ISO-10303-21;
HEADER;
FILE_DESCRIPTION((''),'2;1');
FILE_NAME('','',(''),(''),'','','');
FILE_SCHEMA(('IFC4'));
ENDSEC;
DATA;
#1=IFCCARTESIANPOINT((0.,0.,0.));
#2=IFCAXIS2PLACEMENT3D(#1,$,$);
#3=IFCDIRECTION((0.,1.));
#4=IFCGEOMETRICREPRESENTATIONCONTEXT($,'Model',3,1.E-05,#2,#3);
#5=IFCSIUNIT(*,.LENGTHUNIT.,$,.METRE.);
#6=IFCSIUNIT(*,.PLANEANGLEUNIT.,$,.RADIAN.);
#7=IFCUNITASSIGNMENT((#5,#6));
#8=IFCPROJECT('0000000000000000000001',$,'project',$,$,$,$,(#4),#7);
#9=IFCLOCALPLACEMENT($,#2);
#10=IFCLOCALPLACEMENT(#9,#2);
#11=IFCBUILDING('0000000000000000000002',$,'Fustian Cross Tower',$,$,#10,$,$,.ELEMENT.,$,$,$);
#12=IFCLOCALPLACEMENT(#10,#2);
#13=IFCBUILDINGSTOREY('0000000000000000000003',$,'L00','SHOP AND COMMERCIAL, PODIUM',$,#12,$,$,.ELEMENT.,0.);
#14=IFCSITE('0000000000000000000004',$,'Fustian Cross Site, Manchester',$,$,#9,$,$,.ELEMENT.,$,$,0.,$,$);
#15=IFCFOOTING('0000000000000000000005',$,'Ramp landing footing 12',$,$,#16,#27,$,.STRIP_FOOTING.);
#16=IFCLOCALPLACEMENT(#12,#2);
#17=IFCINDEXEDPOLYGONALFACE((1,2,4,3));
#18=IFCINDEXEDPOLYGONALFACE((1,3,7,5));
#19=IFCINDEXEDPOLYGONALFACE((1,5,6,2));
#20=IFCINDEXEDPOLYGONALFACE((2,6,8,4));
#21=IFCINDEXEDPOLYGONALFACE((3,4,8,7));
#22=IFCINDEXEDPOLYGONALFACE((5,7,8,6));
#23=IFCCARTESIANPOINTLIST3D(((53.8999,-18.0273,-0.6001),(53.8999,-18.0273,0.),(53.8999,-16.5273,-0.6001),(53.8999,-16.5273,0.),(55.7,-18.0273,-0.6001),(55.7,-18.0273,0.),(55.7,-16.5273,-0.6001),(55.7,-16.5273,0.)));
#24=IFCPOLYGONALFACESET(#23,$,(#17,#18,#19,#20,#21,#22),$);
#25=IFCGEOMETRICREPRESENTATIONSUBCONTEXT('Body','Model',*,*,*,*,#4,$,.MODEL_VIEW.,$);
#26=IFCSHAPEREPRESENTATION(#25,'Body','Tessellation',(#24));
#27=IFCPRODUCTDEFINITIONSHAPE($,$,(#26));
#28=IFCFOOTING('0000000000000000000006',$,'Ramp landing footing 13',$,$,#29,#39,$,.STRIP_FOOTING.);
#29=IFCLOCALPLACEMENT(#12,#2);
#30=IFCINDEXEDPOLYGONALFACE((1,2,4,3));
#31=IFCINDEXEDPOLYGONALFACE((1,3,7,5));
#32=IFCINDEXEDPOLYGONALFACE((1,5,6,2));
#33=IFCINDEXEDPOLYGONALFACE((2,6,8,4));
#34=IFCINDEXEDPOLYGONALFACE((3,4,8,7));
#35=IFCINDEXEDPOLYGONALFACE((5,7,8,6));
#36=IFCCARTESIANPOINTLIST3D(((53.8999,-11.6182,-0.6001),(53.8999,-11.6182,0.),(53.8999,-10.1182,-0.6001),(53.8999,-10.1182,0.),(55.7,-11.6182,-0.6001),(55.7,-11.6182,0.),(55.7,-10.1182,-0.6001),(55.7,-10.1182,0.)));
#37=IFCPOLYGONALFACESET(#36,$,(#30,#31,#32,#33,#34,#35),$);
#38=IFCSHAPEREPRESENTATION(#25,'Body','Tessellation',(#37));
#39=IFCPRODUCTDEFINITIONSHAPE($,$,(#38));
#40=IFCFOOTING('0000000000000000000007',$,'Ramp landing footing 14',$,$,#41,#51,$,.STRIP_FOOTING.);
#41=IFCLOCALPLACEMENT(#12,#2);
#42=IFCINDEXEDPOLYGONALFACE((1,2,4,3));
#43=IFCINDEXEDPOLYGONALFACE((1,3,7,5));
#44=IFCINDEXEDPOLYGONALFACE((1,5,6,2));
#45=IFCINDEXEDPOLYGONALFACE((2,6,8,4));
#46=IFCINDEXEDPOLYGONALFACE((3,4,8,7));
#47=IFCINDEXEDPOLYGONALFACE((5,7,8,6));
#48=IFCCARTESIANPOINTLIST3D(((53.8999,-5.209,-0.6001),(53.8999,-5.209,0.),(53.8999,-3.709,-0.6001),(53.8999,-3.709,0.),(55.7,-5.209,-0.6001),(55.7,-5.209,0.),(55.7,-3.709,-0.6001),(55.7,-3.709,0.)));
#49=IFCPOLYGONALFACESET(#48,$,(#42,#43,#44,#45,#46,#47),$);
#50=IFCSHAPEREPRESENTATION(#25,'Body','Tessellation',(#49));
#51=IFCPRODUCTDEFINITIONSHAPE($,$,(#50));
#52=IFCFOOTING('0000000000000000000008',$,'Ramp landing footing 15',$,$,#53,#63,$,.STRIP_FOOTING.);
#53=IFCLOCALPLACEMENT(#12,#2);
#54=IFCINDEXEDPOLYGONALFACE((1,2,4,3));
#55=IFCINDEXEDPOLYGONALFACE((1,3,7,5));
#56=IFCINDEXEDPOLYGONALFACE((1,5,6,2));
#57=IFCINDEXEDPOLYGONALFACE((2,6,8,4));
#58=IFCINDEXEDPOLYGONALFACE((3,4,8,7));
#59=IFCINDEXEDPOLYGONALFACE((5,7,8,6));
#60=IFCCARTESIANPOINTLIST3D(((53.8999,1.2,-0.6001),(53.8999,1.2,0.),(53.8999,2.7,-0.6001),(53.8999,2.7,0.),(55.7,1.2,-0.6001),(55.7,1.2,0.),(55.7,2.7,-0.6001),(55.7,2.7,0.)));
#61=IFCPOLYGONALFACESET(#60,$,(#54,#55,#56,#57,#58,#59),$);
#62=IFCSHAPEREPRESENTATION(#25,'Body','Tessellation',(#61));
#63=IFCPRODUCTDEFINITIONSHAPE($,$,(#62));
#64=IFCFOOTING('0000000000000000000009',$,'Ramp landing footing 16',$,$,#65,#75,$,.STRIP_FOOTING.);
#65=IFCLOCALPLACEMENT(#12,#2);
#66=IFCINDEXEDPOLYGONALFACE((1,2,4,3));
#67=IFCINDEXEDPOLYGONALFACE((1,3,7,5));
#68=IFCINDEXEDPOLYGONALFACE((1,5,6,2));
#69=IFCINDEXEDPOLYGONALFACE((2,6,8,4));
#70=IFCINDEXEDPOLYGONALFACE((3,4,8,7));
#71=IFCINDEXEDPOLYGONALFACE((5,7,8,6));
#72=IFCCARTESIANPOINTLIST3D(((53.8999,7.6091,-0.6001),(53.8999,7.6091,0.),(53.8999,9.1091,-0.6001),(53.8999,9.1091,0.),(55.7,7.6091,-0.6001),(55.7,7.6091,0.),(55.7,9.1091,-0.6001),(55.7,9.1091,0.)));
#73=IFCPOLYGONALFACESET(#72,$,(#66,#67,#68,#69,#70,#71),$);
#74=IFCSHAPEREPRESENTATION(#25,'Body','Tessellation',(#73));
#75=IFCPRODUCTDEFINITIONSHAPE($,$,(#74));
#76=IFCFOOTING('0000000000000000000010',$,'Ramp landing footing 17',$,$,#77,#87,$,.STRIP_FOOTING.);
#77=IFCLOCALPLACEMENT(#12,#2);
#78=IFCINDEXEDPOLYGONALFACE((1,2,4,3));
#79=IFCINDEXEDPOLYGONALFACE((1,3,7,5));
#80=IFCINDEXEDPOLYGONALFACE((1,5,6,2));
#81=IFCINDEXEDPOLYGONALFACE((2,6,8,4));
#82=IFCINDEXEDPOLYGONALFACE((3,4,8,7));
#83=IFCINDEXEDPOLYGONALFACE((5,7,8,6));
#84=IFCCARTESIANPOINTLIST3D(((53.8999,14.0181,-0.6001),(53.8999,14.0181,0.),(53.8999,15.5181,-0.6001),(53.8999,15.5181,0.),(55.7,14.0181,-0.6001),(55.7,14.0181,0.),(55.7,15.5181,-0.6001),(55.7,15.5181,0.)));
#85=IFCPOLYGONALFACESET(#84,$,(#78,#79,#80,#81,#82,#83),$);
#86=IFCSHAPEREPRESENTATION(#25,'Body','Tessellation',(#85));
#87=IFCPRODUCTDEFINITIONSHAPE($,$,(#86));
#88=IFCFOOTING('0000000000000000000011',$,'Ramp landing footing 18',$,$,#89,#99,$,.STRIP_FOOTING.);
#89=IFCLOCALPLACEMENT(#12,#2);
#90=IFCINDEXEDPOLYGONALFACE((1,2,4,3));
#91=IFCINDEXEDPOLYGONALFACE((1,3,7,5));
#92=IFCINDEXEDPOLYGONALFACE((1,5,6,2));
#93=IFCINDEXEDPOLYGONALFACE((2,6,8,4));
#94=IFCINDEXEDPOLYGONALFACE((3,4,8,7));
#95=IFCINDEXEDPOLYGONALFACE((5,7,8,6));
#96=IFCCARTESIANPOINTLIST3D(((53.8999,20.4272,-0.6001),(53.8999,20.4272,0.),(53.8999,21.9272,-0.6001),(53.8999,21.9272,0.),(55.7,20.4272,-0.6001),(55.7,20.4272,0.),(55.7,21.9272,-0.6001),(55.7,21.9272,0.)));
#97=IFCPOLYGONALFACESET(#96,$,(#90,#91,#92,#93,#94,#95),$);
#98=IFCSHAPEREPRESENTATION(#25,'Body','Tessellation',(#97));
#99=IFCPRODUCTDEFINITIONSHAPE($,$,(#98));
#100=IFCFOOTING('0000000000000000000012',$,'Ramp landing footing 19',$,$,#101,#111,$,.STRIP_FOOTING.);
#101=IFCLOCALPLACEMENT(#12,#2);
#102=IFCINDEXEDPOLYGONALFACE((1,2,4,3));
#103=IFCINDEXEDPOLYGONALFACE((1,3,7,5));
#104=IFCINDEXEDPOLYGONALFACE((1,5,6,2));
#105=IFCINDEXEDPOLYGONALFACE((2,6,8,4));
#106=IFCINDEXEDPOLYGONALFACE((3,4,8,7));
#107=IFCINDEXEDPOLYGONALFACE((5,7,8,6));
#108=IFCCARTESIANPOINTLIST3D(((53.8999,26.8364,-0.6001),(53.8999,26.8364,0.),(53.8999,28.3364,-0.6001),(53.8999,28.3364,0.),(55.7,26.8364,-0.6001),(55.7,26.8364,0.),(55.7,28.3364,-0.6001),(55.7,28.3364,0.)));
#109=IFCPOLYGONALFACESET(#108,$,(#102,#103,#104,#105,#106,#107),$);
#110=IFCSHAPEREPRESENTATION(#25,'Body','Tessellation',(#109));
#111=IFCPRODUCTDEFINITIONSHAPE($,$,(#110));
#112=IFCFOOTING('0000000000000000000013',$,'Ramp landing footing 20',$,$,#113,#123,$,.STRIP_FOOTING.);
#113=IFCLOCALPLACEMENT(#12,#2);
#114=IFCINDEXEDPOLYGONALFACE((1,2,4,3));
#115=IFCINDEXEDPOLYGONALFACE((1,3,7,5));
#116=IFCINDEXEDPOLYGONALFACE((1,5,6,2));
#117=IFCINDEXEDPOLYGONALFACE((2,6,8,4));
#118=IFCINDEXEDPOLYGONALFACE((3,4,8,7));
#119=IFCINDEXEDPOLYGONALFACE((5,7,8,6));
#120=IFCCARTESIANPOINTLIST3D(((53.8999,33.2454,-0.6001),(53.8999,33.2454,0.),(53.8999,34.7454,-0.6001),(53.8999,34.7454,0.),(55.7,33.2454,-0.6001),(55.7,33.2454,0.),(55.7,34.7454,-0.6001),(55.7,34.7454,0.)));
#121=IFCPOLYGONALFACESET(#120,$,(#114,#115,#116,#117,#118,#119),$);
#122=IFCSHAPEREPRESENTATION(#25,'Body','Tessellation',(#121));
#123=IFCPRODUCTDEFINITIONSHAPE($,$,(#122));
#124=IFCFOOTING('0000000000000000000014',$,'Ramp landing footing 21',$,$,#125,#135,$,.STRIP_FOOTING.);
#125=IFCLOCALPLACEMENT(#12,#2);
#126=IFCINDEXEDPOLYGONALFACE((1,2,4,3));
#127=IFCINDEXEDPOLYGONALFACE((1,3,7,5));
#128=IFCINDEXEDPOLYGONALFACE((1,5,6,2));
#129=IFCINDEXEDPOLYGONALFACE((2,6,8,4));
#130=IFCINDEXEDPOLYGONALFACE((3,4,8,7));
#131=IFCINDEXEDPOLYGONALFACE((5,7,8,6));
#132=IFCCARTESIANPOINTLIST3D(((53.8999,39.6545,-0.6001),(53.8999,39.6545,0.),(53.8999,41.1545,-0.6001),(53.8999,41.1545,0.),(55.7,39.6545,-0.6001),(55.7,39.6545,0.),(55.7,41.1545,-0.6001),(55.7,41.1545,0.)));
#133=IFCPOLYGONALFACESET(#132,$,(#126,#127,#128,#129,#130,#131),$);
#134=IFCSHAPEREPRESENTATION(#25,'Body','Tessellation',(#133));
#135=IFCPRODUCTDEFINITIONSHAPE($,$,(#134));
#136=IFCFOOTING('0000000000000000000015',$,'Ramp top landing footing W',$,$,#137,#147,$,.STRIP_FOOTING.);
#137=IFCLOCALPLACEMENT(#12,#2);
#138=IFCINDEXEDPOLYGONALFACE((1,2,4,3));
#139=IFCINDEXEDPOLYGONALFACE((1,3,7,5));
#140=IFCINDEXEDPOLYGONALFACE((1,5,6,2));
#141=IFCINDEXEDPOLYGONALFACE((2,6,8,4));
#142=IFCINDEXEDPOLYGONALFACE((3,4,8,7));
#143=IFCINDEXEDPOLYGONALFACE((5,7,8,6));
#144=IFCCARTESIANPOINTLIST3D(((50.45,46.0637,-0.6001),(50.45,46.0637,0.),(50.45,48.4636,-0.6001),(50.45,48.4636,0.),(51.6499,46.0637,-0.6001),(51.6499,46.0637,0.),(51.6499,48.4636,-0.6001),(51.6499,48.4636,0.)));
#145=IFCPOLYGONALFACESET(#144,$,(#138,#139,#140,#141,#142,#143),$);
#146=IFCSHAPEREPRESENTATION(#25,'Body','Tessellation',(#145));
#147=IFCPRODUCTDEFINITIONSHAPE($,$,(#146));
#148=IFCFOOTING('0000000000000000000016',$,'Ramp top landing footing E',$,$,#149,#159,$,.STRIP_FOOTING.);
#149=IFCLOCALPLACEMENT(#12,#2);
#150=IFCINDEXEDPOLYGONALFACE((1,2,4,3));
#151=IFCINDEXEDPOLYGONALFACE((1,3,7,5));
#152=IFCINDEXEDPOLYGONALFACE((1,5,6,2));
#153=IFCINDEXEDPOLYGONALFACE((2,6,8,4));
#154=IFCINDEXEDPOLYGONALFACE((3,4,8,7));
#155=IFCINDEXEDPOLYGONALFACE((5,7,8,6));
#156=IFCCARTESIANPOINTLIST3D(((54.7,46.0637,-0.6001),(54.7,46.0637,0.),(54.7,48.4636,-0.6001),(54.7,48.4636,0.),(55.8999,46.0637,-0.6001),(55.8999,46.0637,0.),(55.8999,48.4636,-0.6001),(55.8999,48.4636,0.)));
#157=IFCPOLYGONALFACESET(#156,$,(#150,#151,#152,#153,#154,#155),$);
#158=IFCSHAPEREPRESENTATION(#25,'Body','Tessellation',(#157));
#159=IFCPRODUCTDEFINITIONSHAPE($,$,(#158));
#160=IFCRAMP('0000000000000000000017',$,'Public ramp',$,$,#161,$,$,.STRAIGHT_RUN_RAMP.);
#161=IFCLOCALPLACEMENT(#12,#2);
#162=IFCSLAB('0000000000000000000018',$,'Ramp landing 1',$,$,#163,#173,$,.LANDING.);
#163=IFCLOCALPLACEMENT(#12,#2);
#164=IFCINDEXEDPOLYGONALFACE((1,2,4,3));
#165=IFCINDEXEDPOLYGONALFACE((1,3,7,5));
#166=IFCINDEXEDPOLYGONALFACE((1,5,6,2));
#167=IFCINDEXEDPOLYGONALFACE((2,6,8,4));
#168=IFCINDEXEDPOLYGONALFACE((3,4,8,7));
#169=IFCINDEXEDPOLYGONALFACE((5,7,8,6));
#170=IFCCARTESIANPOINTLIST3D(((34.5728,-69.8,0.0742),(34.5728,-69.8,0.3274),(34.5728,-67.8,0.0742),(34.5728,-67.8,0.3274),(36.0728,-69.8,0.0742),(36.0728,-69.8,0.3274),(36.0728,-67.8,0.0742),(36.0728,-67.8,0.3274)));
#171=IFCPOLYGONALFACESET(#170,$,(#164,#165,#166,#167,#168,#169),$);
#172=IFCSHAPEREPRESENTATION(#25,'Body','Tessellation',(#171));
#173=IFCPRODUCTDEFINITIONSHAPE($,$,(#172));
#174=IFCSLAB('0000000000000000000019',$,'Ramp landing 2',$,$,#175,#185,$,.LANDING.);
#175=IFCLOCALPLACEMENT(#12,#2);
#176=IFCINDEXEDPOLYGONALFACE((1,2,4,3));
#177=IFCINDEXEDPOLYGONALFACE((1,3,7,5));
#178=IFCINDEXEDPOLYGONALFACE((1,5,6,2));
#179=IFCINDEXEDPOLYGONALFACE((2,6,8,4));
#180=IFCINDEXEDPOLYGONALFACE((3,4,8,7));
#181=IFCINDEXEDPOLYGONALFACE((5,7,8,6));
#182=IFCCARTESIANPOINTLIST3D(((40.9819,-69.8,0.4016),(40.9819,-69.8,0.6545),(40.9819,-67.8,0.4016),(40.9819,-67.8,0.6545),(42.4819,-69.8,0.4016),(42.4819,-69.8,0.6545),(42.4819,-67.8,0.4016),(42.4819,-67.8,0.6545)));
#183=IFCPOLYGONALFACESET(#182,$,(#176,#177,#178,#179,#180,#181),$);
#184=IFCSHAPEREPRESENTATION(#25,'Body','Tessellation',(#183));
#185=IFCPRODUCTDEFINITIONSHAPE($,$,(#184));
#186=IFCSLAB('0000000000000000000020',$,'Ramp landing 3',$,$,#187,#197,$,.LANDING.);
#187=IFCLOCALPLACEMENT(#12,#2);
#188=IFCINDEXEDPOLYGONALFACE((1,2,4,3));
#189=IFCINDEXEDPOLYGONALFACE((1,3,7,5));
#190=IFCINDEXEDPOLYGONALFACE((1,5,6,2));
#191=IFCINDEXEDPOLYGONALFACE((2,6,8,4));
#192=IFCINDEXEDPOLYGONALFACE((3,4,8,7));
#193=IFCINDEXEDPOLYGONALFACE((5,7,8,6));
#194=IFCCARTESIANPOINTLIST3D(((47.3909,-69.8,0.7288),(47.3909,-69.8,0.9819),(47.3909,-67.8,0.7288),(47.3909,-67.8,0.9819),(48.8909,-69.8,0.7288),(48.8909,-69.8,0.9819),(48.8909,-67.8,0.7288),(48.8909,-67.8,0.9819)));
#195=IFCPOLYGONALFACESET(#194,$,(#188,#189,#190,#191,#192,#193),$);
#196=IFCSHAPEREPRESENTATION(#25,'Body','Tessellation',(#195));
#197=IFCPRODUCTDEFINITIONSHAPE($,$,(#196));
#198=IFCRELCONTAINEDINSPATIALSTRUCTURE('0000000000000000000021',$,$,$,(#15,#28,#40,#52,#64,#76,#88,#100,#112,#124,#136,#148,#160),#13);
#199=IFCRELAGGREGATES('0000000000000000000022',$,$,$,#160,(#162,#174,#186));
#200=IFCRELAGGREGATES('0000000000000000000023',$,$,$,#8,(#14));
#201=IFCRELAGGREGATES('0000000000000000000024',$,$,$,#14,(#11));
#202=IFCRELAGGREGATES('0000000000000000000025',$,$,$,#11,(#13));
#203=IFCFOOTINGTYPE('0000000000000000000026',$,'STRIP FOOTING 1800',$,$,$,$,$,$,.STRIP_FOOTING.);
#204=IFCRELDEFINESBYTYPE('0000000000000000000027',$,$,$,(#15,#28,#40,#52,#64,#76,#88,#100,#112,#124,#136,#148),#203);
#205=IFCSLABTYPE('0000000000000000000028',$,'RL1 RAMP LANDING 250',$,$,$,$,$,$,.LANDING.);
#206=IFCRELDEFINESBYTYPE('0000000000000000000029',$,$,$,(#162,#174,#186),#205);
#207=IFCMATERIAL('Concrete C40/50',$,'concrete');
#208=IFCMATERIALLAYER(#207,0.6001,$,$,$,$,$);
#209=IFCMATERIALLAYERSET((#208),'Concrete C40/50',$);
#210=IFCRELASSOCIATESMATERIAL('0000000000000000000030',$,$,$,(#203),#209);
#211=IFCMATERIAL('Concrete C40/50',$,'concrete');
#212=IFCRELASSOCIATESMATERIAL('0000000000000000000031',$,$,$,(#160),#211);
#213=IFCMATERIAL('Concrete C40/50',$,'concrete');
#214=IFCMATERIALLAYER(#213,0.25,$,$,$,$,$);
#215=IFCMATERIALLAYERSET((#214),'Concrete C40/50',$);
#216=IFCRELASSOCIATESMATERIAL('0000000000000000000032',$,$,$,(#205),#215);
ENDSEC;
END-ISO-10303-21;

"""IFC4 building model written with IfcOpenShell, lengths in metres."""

from ifc_helpers import new_model, si_unit, direction, frame, origin, place, context, subcontext, project, spatial, polyline, outline, extrude, material, layer, layer_set, type_object, element, aggregate, save


model = new_model("IFC4")

# Units and contexts
model_context = context("Model", 3, precision=1e-05, world=origin(), true_north=direction((0.0, 1.0)))
body_context = subcontext(model_context, "Body", "Model", "MODEL_VIEW")
ifc_project = project(units=[si_unit("LENGTHUNIT", "METRE"), si_unit("PLANEANGLEUNIT", "RADIAN")], contexts=[model_context])

# Site, building, storey
site_placement = place(None, origin())
site = spatial("IfcSite", under=ifc_project, at=site_placement, Name="Fustian Cross Site, Manchester", CompositionType="ELEMENT", RefElevation=0.0)
building_placement = place(site_placement, origin())
building = spatial("IfcBuilding", under=site, at=building_placement, Name="Fustian Cross Tower", CompositionType="ELEMENT")
storey_placement = place(building_placement, origin())
storey = spatial("IfcBuildingStorey", under=building, at=storey_placement, Name="L00", Description="SHOP AND COMMERCIAL, PODIUM", CompositionType="ELEMENT", Elevation=0.0)

# Footings
ifc_material_1 = material(Name="Concrete C40/50", Category="concrete")
ifc_layer_1 = layer(ifc_material_1, 0.6001)
ifc_layer_set_1 = layer_set([ifc_layer_1], Name="Concrete C40/50")
footing_type = type_object("IfcFootingType", Name="STRIP FOOTING 1800", PredefinedType="STRIP_FOOTING", material=ifc_layer_set_1)
footing_1_placement = place(storey_placement, frame((0.0, 0.0, -0.6001)))
element("IfcFooting", 1, at=footing_1_placement, inside=storey, type_object=footing_type, Name="Ramp landing footing 12", PredefinedType="STRIP_FOOTING", context=body_context, shape_type="SweptSolid", body=[
    extrude(outline(polyline([(53.8999, -18.0273), (55.7, -18.0273), (55.7, -16.5273), (53.8999, -16.5273), (53.8999, -18.0273)])), origin(), (0.0, 0.0, 1.0), 0.6001),
])
footing_2_placement = place(storey_placement, frame((0.0, 0.0, -0.6001)))
element("IfcFooting", 2, at=footing_2_placement, inside=storey, type_object=footing_type, Name="Ramp landing footing 13", PredefinedType="STRIP_FOOTING", context=body_context, shape_type="SweptSolid", body=[
    extrude(outline(polyline([(53.8999, -11.6182), (55.7, -11.6182), (55.7, -10.1182), (53.8999, -10.1182), (53.8999, -11.6182)])), origin(), (0.0, 0.0, 1.0), 0.6001),
])
footing_3_placement = place(storey_placement, frame((0.0, 0.0, -0.6001)))
element("IfcFooting", 3, at=footing_3_placement, inside=storey, type_object=footing_type, Name="Ramp landing footing 14", PredefinedType="STRIP_FOOTING", context=body_context, shape_type="SweptSolid", body=[
    extrude(outline(polyline([(53.8999, -5.209), (55.7, -5.209), (55.7, -3.709), (53.8999, -3.709), (53.8999, -5.209)])), origin(), (0.0, 0.0, 1.0), 0.6001),
])
footing_4_placement = place(storey_placement, frame((0.0, 0.0, -0.6001)))
element("IfcFooting", 4, at=footing_4_placement, inside=storey, type_object=footing_type, Name="Ramp landing footing 15", PredefinedType="STRIP_FOOTING", context=body_context, shape_type="SweptSolid", body=[
    extrude(outline(polyline([(53.8999, 1.2), (55.7, 1.2), (55.7, 2.7), (53.8999, 2.7), (53.8999, 1.2)])), origin(), (0.0, 0.0, 1.0), 0.6001),
])
footing_5_placement = place(storey_placement, frame((0.0, 0.0, -0.6001)))
element("IfcFooting", 5, at=footing_5_placement, inside=storey, type_object=footing_type, Name="Ramp landing footing 16", PredefinedType="STRIP_FOOTING", context=body_context, shape_type="SweptSolid", body=[
    extrude(outline(polyline([(53.8999, 7.6091), (55.7, 7.6091), (55.7, 9.1091), (53.8999, 9.1091), (53.8999, 7.6091)])), origin(), (0.0, 0.0, 1.0), 0.6001),
])
footing_6_placement = place(storey_placement, frame((0.0, 0.0, -0.6001)))
element("IfcFooting", 6, at=footing_6_placement, inside=storey, type_object=footing_type, Name="Ramp landing footing 17", PredefinedType="STRIP_FOOTING", context=body_context, shape_type="SweptSolid", body=[
    extrude(outline(polyline([(53.8999, 14.0181), (55.7, 14.0181), (55.7, 15.5181), (53.8999, 15.5181), (53.8999, 14.0181)])), origin(), (0.0, 0.0, 1.0), 0.6001),
])
footing_7_placement = place(storey_placement, frame((0.0, 0.0, -0.6001)))
element("IfcFooting", 7, at=footing_7_placement, inside=storey, type_object=footing_type, Name="Ramp landing footing 18", PredefinedType="STRIP_FOOTING", context=body_context, shape_type="SweptSolid", body=[
    extrude(outline(polyline([(53.8999, 20.4272), (55.7, 20.4272), (55.7, 21.9272), (53.8999, 21.9272), (53.8999, 20.4272)])), origin(), (0.0, 0.0, 1.0), 0.6001),
])
footing_8_placement = place(storey_placement, frame((0.0, 0.0, -0.6001)))
element("IfcFooting", 8, at=footing_8_placement, inside=storey, type_object=footing_type, Name="Ramp landing footing 19", PredefinedType="STRIP_FOOTING", context=body_context, shape_type="SweptSolid", body=[
    extrude(outline(polyline([(53.8999, 26.8364), (55.7, 26.8364), (55.7, 28.3364), (53.8999, 28.3364), (53.8999, 26.8364)])), origin(), (0.0, 0.0, 1.0), 0.6001),
])
footing_9_placement = place(storey_placement, frame((0.0, 0.0, -0.6001)))
element("IfcFooting", 9, at=footing_9_placement, inside=storey, type_object=footing_type, Name="Ramp landing footing 20", PredefinedType="STRIP_FOOTING", context=body_context, shape_type="SweptSolid", body=[
    extrude(outline(polyline([(53.8999, 33.2454), (55.7, 33.2454), (55.7, 34.7454), (53.8999, 34.7454), (53.8999, 33.2454)])), origin(), (0.0, 0.0, 1.0), 0.6001),
])
footing_10_placement = place(storey_placement, frame((0.0, 0.0, -0.6001)))
element("IfcFooting", 10, at=footing_10_placement, inside=storey, type_object=footing_type, Name="Ramp landing footing 21", PredefinedType="STRIP_FOOTING", context=body_context, shape_type="SweptSolid", body=[
    extrude(outline(polyline([(53.8999, 39.6545), (55.7, 39.6545), (55.7, 41.1545), (53.8999, 41.1545), (53.8999, 39.6545)])), origin(), (0.0, 0.0, 1.0), 0.6001),
])
footing_11_placement = place(storey_placement, frame((0.0, 0.0, -0.6001)))
element("IfcFooting", 11, at=footing_11_placement, inside=storey, type_object=footing_type, Name="Ramp top landing footing W", PredefinedType="STRIP_FOOTING", context=body_context, shape_type="SweptSolid", body=[
    extrude(outline(polyline([(50.45, 46.0637), (51.6499, 46.0637), (51.6499, 48.4636), (50.45, 48.4636), (50.45, 46.0637)])), origin(), (0.0, 0.0, 1.0), 0.6001),
])
footing_12_placement = place(storey_placement, frame((0.0, 0.0, -0.6001)))
element("IfcFooting", 12, at=footing_12_placement, inside=storey, type_object=footing_type, Name="Ramp top landing footing E", PredefinedType="STRIP_FOOTING", context=body_context, shape_type="SweptSolid", body=[
    extrude(outline(polyline([(54.7, 46.0637), (55.8999, 46.0637), (55.8999, 48.4636), (54.7, 48.4636), (54.7, 46.0637)])), origin(), (0.0, 0.0, 1.0), 0.6001),
])

# Ramp, slabs
ifc_material_2 = material(Name="Concrete C40/50", Category="concrete")
ramp_placement = place(storey_placement, origin())
ramp = element("IfcRamp", 13, at=ramp_placement, inside=storey, material=ifc_material_2, Name="Public ramp", PredefinedType="STRAIGHT_RUN_RAMP")
ifc_material_3 = material(Name="Concrete C40/50", Category="concrete")
ifc_layer_2 = layer(ifc_material_3, 0.25)
ifc_layer_set_2 = layer_set([ifc_layer_2], Name="Concrete C40/50")
slab_type_1 = type_object("IfcSlabType", Name="RL1 RAMP LANDING 250", PredefinedType="LANDING", material=ifc_layer_set_2)
slab_1_placement = place(storey_placement, frame((0.0, 0.0, 0.0742)))
slab_1 = element("IfcSlab", 14, at=slab_1_placement, type_object=slab_type_1, Name="Ramp landing 1", PredefinedType="LANDING", context=body_context, shape_type="SweptSolid", body=[
    extrude(outline(polyline([(34.5728, -69.8), (36.0728, -69.8), (36.0728, -67.8), (34.5728, -67.8), (34.5728, -69.8)])), origin(), (0.0, 0.0, 1.0), 0.2532),
])
slab_2_placement = place(storey_placement, frame((0.0, 0.0, 0.4016)))
slab_2 = element("IfcSlab", 15, at=slab_2_placement, type_object=slab_type_1, Name="Ramp landing 2", PredefinedType="LANDING", context=body_context, shape_type="SweptSolid", body=[
    extrude(outline(polyline([(40.9819, -69.8), (42.4819, -69.8), (42.4819, -67.8), (40.9819, -67.8), (40.9819, -69.8)])), origin(), (0.0, 0.0, 1.0), 0.2529),
])
slab_3_placement = place(storey_placement, frame((0.0, 0.0, 0.7288)))
slab_3 = element("IfcSlab", 16, at=slab_3_placement, type_object=slab_type_1, Name="Ramp landing 3", PredefinedType="LANDING", context=body_context, shape_type="SweptSolid", body=[
    extrude(outline(polyline([(47.3909, -69.8), (48.8909, -69.8), (48.8909, -67.8), (47.3909, -67.8), (47.3909, -69.8)])), origin(), (0.0, 0.0, 1.0), 0.2532),
])
aggregate(ramp, [slab_1, slab_2, slab_3])

save(model, "model.ifc")
